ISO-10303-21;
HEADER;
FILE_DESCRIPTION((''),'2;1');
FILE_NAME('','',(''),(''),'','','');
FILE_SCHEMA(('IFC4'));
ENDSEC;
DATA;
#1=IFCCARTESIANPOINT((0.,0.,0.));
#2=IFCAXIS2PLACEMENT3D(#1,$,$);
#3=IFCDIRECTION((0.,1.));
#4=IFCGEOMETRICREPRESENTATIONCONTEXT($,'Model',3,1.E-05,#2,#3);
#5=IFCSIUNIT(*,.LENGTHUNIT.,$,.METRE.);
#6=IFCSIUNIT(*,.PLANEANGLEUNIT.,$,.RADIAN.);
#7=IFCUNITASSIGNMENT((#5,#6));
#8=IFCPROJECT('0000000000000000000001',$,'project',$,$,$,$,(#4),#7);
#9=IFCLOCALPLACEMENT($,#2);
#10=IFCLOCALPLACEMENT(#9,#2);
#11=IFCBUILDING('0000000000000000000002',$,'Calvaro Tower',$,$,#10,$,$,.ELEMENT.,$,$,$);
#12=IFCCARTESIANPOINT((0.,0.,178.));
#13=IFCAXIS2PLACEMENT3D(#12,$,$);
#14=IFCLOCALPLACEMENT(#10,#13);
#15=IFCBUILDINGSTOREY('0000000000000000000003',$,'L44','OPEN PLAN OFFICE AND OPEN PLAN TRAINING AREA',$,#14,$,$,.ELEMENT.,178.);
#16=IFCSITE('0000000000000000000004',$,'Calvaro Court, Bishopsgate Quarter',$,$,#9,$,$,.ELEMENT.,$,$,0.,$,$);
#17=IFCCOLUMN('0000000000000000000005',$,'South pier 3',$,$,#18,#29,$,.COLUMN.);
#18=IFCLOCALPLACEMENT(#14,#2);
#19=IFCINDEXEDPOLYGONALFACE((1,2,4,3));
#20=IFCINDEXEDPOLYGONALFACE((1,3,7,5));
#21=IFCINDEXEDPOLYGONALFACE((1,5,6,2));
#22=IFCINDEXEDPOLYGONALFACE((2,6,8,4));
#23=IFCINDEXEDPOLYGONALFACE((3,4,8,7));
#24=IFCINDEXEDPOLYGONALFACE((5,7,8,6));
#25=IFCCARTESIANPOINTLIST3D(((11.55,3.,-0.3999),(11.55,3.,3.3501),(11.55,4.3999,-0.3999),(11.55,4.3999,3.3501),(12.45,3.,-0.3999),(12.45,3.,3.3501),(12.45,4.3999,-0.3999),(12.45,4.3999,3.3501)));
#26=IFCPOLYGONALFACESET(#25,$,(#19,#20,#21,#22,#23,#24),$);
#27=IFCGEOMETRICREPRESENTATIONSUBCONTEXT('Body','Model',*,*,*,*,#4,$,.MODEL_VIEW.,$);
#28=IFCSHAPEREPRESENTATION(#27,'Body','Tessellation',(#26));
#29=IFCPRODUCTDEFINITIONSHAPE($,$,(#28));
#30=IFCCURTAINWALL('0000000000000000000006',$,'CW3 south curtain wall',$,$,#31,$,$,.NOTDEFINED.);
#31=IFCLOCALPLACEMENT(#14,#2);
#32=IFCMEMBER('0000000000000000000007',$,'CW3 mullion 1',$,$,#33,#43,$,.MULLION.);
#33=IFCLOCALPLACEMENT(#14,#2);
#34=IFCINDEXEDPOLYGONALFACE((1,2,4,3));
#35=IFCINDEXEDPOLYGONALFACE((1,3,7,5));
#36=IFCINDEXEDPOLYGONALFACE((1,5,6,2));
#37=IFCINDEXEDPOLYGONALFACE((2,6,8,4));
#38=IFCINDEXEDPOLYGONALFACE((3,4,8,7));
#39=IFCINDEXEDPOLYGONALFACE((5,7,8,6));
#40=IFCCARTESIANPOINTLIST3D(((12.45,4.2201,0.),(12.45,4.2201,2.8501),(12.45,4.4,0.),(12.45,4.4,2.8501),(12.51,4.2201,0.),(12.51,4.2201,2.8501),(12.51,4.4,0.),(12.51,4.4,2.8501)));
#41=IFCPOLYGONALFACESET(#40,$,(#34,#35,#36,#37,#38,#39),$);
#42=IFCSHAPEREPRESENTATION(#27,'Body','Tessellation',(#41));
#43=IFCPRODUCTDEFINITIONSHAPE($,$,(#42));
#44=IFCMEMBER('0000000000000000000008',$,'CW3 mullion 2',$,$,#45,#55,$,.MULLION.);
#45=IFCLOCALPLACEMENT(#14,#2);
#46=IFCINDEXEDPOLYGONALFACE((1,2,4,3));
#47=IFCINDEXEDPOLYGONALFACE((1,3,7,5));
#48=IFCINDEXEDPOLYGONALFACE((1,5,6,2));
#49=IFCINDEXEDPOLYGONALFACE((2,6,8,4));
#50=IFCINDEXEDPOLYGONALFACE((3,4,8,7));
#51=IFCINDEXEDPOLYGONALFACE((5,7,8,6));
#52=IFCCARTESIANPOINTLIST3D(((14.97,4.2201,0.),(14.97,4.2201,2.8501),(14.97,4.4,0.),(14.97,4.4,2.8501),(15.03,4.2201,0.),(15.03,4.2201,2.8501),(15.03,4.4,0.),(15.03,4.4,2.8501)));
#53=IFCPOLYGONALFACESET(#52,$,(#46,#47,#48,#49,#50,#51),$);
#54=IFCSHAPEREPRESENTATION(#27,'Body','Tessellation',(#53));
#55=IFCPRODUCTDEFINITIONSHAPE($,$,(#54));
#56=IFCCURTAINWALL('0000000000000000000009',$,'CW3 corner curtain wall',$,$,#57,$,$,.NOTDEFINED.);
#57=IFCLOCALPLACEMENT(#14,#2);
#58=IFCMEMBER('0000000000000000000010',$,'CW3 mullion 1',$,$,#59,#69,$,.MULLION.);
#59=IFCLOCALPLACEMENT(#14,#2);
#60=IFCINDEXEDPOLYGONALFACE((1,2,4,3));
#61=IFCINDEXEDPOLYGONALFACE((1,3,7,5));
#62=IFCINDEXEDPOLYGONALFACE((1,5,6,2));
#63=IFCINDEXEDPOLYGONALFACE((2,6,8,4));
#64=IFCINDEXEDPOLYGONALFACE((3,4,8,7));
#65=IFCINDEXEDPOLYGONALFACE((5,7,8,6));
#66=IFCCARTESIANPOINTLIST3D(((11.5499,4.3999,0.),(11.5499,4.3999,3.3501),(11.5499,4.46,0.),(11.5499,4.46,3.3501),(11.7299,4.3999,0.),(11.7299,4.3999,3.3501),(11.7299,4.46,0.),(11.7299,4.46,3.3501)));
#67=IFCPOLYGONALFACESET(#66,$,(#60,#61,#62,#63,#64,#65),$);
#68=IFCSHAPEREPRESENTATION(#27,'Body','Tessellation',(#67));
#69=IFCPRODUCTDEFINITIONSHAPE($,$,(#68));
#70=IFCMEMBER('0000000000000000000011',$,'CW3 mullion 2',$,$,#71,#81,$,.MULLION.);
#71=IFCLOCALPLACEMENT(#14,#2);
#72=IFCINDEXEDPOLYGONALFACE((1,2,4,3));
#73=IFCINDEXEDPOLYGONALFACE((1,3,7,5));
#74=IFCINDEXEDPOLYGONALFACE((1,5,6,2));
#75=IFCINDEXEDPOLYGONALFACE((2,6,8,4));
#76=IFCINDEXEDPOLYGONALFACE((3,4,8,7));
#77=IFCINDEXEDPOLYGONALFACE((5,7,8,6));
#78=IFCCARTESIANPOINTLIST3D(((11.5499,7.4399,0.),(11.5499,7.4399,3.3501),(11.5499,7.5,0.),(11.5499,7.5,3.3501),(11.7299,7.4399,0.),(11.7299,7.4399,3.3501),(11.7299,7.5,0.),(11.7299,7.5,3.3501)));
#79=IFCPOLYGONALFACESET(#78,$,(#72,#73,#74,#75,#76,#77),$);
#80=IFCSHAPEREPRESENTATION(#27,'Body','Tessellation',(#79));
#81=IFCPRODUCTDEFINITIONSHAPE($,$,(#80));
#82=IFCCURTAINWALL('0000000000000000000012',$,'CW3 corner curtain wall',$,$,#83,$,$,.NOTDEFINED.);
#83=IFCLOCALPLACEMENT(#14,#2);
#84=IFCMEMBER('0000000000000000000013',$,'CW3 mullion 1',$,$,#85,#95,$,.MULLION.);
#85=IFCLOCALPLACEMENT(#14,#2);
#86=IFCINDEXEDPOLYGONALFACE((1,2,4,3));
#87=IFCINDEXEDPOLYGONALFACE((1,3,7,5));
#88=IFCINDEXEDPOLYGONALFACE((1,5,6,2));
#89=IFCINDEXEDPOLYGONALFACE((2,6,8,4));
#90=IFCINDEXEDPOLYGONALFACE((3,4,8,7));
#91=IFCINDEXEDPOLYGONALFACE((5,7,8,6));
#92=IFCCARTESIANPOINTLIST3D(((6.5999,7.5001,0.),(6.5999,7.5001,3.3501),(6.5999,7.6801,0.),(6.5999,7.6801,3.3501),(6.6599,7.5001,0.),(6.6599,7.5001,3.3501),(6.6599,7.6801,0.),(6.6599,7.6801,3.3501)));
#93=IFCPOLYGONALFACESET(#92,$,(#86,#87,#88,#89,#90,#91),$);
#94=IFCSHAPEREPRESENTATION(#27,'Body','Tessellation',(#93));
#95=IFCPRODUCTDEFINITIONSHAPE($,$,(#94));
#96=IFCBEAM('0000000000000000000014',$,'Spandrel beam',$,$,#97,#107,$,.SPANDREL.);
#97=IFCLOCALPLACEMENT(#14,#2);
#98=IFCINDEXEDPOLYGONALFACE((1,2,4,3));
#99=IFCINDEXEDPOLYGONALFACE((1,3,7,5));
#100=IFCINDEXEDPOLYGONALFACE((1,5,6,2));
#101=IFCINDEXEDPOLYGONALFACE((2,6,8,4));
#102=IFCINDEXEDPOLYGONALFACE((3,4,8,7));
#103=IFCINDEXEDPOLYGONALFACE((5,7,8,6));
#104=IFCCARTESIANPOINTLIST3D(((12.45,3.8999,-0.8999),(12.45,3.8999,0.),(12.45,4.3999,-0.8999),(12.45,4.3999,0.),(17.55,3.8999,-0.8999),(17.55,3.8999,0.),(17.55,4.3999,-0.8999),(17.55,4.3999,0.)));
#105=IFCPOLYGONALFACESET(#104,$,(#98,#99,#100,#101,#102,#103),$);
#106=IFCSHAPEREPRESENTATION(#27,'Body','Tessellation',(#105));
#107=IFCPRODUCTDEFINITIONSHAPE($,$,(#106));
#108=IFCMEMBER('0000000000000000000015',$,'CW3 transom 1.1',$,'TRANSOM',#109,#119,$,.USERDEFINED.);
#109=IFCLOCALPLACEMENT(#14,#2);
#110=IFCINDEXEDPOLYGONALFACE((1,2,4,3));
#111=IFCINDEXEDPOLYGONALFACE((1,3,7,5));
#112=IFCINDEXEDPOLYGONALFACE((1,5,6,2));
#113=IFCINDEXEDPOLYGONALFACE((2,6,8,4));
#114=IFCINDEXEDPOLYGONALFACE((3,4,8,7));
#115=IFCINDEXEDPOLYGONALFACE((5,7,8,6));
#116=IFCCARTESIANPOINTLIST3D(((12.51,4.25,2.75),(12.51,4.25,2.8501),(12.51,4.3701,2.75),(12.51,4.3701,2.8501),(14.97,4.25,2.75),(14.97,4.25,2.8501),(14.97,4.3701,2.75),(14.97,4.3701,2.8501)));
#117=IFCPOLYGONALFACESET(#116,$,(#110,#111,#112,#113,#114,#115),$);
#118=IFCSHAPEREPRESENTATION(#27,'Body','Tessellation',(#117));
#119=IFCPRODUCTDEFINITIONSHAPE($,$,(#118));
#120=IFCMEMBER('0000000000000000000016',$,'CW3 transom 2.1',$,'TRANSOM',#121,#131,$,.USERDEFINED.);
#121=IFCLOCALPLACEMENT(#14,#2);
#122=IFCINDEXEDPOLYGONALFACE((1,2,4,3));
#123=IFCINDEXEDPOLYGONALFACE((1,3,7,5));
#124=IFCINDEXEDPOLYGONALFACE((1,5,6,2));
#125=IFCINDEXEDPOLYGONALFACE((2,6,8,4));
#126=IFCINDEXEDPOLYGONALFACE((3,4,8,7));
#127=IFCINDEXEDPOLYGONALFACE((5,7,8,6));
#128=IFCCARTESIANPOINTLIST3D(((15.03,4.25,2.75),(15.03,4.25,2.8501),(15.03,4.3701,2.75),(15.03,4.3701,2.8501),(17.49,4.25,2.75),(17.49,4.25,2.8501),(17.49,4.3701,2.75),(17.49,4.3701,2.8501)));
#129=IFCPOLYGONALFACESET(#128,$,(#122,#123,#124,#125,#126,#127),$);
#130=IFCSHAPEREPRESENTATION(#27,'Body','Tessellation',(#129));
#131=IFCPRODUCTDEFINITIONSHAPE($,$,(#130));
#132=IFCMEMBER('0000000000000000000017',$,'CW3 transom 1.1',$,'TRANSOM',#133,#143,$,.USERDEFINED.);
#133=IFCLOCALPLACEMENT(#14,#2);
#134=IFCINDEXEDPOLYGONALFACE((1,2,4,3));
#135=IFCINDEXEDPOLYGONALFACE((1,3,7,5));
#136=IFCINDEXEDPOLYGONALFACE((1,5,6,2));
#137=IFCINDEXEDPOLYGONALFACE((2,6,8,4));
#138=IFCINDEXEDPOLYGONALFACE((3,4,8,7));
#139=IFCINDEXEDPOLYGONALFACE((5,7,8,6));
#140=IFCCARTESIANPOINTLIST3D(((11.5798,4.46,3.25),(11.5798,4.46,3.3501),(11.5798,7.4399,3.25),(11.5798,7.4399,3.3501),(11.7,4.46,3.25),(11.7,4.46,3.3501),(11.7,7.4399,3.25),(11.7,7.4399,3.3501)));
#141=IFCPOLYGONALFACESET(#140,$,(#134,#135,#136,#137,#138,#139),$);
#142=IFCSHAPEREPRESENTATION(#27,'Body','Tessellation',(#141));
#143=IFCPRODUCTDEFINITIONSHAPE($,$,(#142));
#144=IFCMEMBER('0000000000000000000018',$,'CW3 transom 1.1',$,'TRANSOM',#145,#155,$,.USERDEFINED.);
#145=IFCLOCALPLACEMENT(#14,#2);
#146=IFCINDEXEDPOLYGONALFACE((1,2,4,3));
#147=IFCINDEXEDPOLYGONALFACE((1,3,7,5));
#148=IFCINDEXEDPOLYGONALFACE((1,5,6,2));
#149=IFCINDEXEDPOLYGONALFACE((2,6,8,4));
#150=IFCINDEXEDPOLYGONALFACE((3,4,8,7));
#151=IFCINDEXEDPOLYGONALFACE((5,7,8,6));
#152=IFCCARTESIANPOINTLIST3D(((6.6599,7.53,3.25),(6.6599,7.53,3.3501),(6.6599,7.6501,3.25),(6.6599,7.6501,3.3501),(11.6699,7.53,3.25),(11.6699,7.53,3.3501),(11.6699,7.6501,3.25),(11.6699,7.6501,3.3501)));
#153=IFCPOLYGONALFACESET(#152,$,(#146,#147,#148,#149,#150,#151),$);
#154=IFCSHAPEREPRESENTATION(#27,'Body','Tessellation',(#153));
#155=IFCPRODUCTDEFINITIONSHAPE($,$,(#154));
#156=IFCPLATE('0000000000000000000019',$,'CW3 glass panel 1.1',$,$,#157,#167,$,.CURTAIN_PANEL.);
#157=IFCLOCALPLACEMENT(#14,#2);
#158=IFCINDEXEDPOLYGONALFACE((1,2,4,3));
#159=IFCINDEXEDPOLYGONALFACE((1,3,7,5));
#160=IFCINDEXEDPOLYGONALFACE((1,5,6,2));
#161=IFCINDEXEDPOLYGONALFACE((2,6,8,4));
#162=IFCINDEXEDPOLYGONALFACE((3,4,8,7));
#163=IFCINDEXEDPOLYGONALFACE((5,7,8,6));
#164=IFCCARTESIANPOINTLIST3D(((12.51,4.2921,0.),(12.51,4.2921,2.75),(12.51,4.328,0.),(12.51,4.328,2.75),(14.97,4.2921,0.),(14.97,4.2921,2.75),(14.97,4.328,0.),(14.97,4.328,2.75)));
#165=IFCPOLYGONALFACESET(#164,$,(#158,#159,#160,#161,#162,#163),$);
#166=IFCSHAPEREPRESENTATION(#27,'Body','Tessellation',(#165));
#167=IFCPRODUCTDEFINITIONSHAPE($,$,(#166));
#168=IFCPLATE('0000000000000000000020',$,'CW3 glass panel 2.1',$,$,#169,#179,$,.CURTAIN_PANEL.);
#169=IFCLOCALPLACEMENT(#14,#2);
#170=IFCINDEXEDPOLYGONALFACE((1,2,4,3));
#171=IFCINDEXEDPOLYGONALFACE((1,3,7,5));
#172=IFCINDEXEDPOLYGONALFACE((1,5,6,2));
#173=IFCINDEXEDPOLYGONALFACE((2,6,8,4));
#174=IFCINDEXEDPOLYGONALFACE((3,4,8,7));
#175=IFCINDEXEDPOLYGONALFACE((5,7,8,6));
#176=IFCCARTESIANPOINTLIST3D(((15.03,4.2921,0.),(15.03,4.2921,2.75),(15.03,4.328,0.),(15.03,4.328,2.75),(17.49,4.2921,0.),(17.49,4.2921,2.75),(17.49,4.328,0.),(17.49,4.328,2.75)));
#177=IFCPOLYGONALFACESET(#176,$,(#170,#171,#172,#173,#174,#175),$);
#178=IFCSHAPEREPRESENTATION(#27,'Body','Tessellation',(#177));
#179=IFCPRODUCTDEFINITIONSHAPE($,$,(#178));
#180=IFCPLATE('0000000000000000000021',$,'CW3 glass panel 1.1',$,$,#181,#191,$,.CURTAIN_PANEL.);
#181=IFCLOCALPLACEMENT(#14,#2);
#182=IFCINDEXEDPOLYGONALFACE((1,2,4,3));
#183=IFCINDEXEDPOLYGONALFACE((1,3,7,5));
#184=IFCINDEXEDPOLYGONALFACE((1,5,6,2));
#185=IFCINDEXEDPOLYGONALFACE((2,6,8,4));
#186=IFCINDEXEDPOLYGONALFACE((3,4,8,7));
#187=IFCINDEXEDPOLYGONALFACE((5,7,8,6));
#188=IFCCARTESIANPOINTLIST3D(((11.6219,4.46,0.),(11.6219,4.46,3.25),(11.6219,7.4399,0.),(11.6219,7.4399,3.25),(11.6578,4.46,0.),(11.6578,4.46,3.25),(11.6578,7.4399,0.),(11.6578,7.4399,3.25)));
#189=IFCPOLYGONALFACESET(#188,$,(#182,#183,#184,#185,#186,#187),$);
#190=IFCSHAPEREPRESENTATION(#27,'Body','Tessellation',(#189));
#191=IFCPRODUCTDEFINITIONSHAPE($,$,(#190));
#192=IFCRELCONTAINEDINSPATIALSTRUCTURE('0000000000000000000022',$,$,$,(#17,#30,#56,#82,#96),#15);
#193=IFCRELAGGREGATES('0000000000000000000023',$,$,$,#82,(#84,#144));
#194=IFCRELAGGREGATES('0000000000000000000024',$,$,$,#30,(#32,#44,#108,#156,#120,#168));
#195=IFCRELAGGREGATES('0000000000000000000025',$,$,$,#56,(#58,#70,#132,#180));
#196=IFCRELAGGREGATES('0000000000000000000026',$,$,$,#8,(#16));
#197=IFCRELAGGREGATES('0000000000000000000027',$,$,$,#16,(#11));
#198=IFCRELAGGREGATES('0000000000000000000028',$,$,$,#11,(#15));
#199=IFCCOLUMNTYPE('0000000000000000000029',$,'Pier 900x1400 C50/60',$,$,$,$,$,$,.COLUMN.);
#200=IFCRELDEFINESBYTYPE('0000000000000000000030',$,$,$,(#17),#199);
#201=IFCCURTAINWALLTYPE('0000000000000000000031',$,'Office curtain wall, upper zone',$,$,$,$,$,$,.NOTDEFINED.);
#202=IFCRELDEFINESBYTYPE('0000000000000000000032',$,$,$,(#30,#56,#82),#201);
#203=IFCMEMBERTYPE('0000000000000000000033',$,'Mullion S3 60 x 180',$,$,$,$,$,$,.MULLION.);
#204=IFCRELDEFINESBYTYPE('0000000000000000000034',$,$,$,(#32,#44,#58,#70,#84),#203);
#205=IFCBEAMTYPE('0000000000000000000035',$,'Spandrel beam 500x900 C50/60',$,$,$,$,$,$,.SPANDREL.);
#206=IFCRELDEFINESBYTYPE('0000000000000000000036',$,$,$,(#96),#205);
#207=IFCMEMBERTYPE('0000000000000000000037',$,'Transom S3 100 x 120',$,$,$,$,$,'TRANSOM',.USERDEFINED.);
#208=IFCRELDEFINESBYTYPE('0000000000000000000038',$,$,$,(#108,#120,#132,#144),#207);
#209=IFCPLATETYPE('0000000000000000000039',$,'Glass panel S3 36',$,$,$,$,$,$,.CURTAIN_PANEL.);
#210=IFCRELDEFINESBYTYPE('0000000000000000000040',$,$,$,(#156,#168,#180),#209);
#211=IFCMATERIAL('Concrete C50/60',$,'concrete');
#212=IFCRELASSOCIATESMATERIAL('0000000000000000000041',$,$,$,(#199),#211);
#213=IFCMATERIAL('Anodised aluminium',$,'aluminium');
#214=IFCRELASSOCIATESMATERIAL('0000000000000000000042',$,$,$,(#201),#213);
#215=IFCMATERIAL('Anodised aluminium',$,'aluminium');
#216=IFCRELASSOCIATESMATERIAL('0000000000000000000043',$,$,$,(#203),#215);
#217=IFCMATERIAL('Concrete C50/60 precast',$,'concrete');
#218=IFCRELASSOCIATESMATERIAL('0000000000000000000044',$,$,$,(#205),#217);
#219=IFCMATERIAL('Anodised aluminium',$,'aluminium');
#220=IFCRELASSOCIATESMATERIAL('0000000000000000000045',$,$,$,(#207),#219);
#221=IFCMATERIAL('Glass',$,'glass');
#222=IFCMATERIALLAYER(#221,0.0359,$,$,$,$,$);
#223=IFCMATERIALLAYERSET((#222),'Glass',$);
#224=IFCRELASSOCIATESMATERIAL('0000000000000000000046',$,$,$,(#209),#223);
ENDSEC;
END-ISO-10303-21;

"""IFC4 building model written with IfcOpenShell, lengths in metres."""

from ifc_helpers import new_model, si_unit, direction, frame, origin, origin_2d, place, context, subcontext, project, spatial, rectangle, extrude, material, layer, layer_set, material_profile, profile_set, type_object, element, aggregate, save


model = new_model("IFC4")

# Units and contexts
model_context = context("Model", 3, precision=1e-05, world=origin(), true_north=direction((0.0, 1.0)))
body_context = subcontext(model_context, "Body", "Model", "MODEL_VIEW")
ifc_project = project(units=[si_unit("LENGTHUNIT", "METRE"), si_unit("PLANEANGLEUNIT", "RADIAN")], contexts=[model_context])

# Site, building, storey
site_placement = place(None, origin())
site = spatial("IfcSite", under=ifc_project, at=site_placement, Name="Calvaro Court, Bishopsgate Quarter", CompositionType="ELEMENT", RefElevation=0.0)
building_placement = place(site_placement, origin())
building = spatial("IfcBuilding", under=site, at=building_placement, Name="Calvaro Tower", CompositionType="ELEMENT")
storey_placement = place(building_placement, frame((0.0, 0.0, 178.0)))
storey = spatial("IfcBuildingStorey", under=building, at=storey_placement, Name="L44", Description="OPEN PLAN OFFICE AND OPEN PLAN TRAINING AREA", CompositionType="ELEMENT", Elevation=178.0)

# Column
ifc_material_1 = material(Name="Concrete C50/60", Category="concrete")
ifc_material_profile_1 = material_profile(ifc_material_1, rectangle(XDim=0.8999, YDim=1.3999, at=origin_2d()), Name="RC 900x1400")
ifc_profile_set_1 = profile_set([ifc_material_profile_1], Name="Concrete C50/60")
column_type = type_object("IfcColumnType", Name="Pier 900x1400 C50/60", PredefinedType="COLUMN", material=ifc_profile_set_1)
column_placement = place(storey_placement, frame((12.0, 3.7, -0.3999), z_axis=(0.0, 0.0, 1.0), x_axis=(1.0, 0.0, 0.0)))
element("IfcColumn", 1, at=column_placement, inside=storey, type_object=column_type, Name="South pier 3", PredefinedType="COLUMN", context=body_context, shape_type="SweptSolid", body=[
    extrude(rectangle(XDim=0.8999, YDim=1.3999, at=origin_2d()), origin(), (0.0, 0.0, 1.0), 3.75),
])

# Curtain walls, members
ifc_material_2 = material(Name="Anodised aluminium", Category="aluminium")
curtain_wall_type = type_object("IfcCurtainWallType", Name="Office curtain wall, upper zone", PredefinedType="NOTDEFINED", material=ifc_material_2)
curtain_wall_1_placement = place(storey_placement, origin())
curtain_wall_1 = element("IfcCurtainWall", 2, at=curtain_wall_1_placement, inside=storey, type_object=curtain_wall_type, Name="CW3 south curtain wall", PredefinedType="NOTDEFINED")
ifc_material_3 = material(Name="Anodised aluminium", Category="aluminium")
ifc_material_profile_2 = material_profile(ifc_material_3, rectangle(XDim=0.1799, YDim=0.0601, at=origin_2d()), Name="Mullion S3 60 x 180")
ifc_profile_set_2 = profile_set([ifc_material_profile_2], Name="Anodised aluminium")
member_type_1 = type_object("IfcMemberType", Name="Mullion S3 60 x 180", PredefinedType="MULLION", material=ifc_profile_set_2)
member_1_placement = place(storey_placement, frame((12.48, 4.3101, 0.0), z_axis=(0.0, 0.0, 1.0), x_axis=(0.0, 1.0, 0.0)))
member_1 = element("IfcMember", 3, at=member_1_placement, type_object=member_type_1, Name="CW3 mullion 1", PredefinedType="MULLION", context=body_context, shape_type="SweptSolid", body=[
    extrude(rectangle(XDim=0.1799, YDim=0.0601, at=origin_2d()), origin(), (0.0, 0.0, 1.0), 2.8501),
])
member_2_placement = place(storey_placement, frame((15.0, 4.3101, 0.0), z_axis=(0.0, 0.0, 1.0), x_axis=(0.0, 1.0, 0.0)))
member_2 = element("IfcMember", 4, at=member_2_placement, type_object=member_type_1, Name="CW3 mullion 2", PredefinedType="MULLION", context=body_context, shape_type="SweptSolid", body=[
    extrude(rectangle(XDim=0.1799, YDim=0.0601, at=origin_2d()), origin(), (0.0, 0.0, 1.0), 2.8501),
])
curtain_wall_2_placement = place(storey_placement, origin())
curtain_wall_2 = element("IfcCurtainWall", 5, at=curtain_wall_2_placement, inside=storey, type_object=curtain_wall_type, Name="CW3 corner curtain wall", PredefinedType="NOTDEFINED")
member_3_placement = place(storey_placement, frame((11.6399, 4.4299, 0.0), z_axis=(0.0, 0.0, 1.0), x_axis=(-1.0, 0.0, 0.0)))
member_3 = element("IfcMember", 6, at=member_3_placement, type_object=member_type_1, Name="CW3 mullion 1", PredefinedType="MULLION", context=body_context, shape_type="SweptSolid", body=[
    extrude(rectangle(XDim=0.1799, YDim=0.0601, at=origin_2d()), origin(), (0.0, 0.0, 1.0), 3.3501),
])
member_4_placement = place(storey_placement, frame((11.6399, 7.47, 0.0), z_axis=(0.0, 0.0, 1.0), x_axis=(-1.0, 0.0, 0.0)))
member_4 = element("IfcMember", 7, at=member_4_placement, type_object=member_type_1, Name="CW3 mullion 2", PredefinedType="MULLION", context=body_context, shape_type="SweptSolid", body=[
    extrude(rectangle(XDim=0.1799, YDim=0.0601, at=origin_2d()), origin(), (0.0, 0.0, 1.0), 3.3501),
])

# Curtain wall, member
curtain_wall_3_placement = place(storey_placement, origin())
curtain_wall_3 = element("IfcCurtainWall", 8, at=curtain_wall_3_placement, inside=storey, type_object=curtain_wall_type, Name="CW3 corner curtain wall", PredefinedType="NOTDEFINED")
member_5_placement = place(storey_placement, frame((6.6299, 7.5901, 0.0), z_axis=(0.0, 0.0, 1.0), x_axis=(0.0, 1.0, 0.0)))
member_5 = element("IfcMember", 9, at=member_5_placement, type_object=member_type_1, Name="CW3 mullion 1", PredefinedType="MULLION", context=body_context, shape_type="SweptSolid", body=[
    extrude(rectangle(XDim=0.1799, YDim=0.0601, at=origin_2d()), origin(), (0.0, 0.0, 1.0), 3.3501),
])

# Beam
ifc_material_4 = material(Name="Concrete C50/60 precast", Category="concrete")
ifc_material_profile_3 = material_profile(ifc_material_4, rectangle(XDim=0.5, YDim=0.8999, at=origin_2d()), Name="RC 500x900")
ifc_profile_set_3 = profile_set([ifc_material_profile_3], Name="Concrete C50/60 precast")
beam_type = type_object("IfcBeamType", Name="Spandrel beam 500x900 C50/60", PredefinedType="SPANDREL", material=ifc_profile_set_3)
beam_placement = place(storey_placement, frame((12.45, 4.1499, -0.45), z_axis=(1.0, 0.0, 0.0), x_axis=(0.0, 1.0, 0.0)))
element("IfcBeam", 10, at=beam_placement, inside=storey, type_object=beam_type, Name="Spandrel beam", PredefinedType="SPANDREL", context=body_context, shape_type="SweptSolid", body=[
    extrude(rectangle(XDim=0.5, YDim=0.8999, at=origin_2d()), origin(), (0.0, 0.0, 1.0), 5.1001),
])

# Members
ifc_material_5 = material(Name="Anodised aluminium", Category="aluminium")
ifc_material_profile_4 = material_profile(ifc_material_5, rectangle(XDim=0.1201, YDim=0.1001, at=origin_2d()), Name="Transom S3 100 x 120")
ifc_profile_set_4 = profile_set([ifc_material_profile_4], Name="Anodised aluminium")
member_type_2 = type_object("IfcMemberType", Name="Transom S3 100 x 120", ElementType="TRANSOM", PredefinedType="USERDEFINED", material=ifc_profile_set_4)
member_6_placement = place(storey_placement, frame((12.51, 4.3101, 2.8), z_axis=(1.0, 0.0, 0.0), x_axis=(0.0, 1.0, 0.0)))
member_6 = element("IfcMember", 11, at=member_6_placement, type_object=member_type_2, Name="CW3 transom 1.1", ObjectType="TRANSOM", PredefinedType="USERDEFINED", context=body_context, shape_type="SweptSolid", body=[
    extrude(rectangle(XDim=0.1201, YDim=0.1001, at=origin_2d()), origin(), (0.0, 0.0, 1.0), 2.46),
])
member_7_placement = place(storey_placement, frame((15.03, 4.3101, 2.8), z_axis=(1.0, 0.0, 0.0), x_axis=(0.0, 1.0, 0.0)))
member_7 = element("IfcMember", 12, at=member_7_placement, type_object=member_type_2, Name="CW3 transom 2.1", ObjectType="TRANSOM", PredefinedType="USERDEFINED", context=body_context, shape_type="SweptSolid", body=[
    extrude(rectangle(XDim=0.1201, YDim=0.1001, at=origin_2d()), origin(), (0.0, 0.0, 1.0), 2.46),
])
member_8_placement = place(storey_placement, frame((11.6399, 4.46, 3.3), z_axis=(0.0, 1.0, 0.0), x_axis=(-1.0, 0.0, 0.0)))
member_8 = element("IfcMember", 13, at=member_8_placement, type_object=member_type_2, Name="CW3 transom 1.1", ObjectType="TRANSOM", PredefinedType="USERDEFINED", context=body_context, shape_type="SweptSolid", body=[
    extrude(rectangle(XDim=0.1201, YDim=0.1001, at=origin_2d()), origin(), (0.0, 0.0, 1.0), 2.98),
])
member_9_placement = place(storey_placement, frame((6.6599, 7.5901, 3.3), z_axis=(1.0, 0.0, 0.0), x_axis=(0.0, 1.0, 0.0)))
member_9 = element("IfcMember", 14, at=member_9_placement, type_object=member_type_2, Name="CW3 transom 1.1", ObjectType="TRANSOM", PredefinedType="USERDEFINED", context=body_context, shape_type="SweptSolid", body=[
    extrude(rectangle(XDim=0.1201, YDim=0.1001, at=origin_2d()), origin(), (0.0, 0.0, 1.0), 5.01),
])
aggregate(curtain_wall_3, [member_5, member_9])

# Plates
ifc_material_6 = material(Name="Glass", Category="glass")
ifc_layer_1 = layer(ifc_material_6, 0.0359)
ifc_layer_set_1 = layer_set([ifc_layer_1], Name="Glass")
plate_type = type_object("IfcPlateType", Name="Glass panel S3 36", PredefinedType="CURTAIN_PANEL", material=ifc_layer_set_1)
plate_1_placement = place(storey_placement, frame((13.74, 4.3101, 0.0), z_axis=(0.0, 0.0, 1.0), x_axis=(1.0, 0.0, 0.0)))
plate_1 = element("IfcPlate", 15, at=plate_1_placement, type_object=plate_type, Name="CW3 glass panel 1.1", PredefinedType="CURTAIN_PANEL", context=body_context, shape_type="SweptSolid", body=[
    extrude(rectangle(XDim=2.46, YDim=0.0359, at=origin_2d()), origin(), (0.0, 0.0, 1.0), 2.75),
])
plate_2_placement = place(storey_placement, frame((16.26, 4.3101, 0.0), z_axis=(0.0, 0.0, 1.0), x_axis=(1.0, 0.0, 0.0)))
plate_2 = element("IfcPlate", 16, at=plate_2_placement, type_object=plate_type, Name="CW3 glass panel 2.1", PredefinedType="CURTAIN_PANEL", context=body_context, shape_type="SweptSolid", body=[
    extrude(rectangle(XDim=2.46, YDim=0.0359, at=origin_2d()), origin(), (0.0, 0.0, 1.0), 2.75),
])
aggregate(curtain_wall_1, [member_1, member_2, member_6, plate_1, member_7, plate_2])
plate_3_placement = place(storey_placement, frame((11.6399, 5.95, 0.0), z_axis=(0.0, 0.0, 1.0), x_axis=(0.0, 1.0, 0.0)))
plate_3 = element("IfcPlate", 17, at=plate_3_placement, type_object=plate_type, Name="CW3 glass panel 1.1", PredefinedType="CURTAIN_PANEL", context=body_context, shape_type="SweptSolid", body=[
    extrude(rectangle(XDim=2.98, YDim=0.0359, at=origin_2d()), origin(), (0.0, 0.0, 1.0), 3.25),
])
aggregate(curtain_wall_2, [member_3, member_4, member_8, plate_3])

save(model, "model.ifc")
